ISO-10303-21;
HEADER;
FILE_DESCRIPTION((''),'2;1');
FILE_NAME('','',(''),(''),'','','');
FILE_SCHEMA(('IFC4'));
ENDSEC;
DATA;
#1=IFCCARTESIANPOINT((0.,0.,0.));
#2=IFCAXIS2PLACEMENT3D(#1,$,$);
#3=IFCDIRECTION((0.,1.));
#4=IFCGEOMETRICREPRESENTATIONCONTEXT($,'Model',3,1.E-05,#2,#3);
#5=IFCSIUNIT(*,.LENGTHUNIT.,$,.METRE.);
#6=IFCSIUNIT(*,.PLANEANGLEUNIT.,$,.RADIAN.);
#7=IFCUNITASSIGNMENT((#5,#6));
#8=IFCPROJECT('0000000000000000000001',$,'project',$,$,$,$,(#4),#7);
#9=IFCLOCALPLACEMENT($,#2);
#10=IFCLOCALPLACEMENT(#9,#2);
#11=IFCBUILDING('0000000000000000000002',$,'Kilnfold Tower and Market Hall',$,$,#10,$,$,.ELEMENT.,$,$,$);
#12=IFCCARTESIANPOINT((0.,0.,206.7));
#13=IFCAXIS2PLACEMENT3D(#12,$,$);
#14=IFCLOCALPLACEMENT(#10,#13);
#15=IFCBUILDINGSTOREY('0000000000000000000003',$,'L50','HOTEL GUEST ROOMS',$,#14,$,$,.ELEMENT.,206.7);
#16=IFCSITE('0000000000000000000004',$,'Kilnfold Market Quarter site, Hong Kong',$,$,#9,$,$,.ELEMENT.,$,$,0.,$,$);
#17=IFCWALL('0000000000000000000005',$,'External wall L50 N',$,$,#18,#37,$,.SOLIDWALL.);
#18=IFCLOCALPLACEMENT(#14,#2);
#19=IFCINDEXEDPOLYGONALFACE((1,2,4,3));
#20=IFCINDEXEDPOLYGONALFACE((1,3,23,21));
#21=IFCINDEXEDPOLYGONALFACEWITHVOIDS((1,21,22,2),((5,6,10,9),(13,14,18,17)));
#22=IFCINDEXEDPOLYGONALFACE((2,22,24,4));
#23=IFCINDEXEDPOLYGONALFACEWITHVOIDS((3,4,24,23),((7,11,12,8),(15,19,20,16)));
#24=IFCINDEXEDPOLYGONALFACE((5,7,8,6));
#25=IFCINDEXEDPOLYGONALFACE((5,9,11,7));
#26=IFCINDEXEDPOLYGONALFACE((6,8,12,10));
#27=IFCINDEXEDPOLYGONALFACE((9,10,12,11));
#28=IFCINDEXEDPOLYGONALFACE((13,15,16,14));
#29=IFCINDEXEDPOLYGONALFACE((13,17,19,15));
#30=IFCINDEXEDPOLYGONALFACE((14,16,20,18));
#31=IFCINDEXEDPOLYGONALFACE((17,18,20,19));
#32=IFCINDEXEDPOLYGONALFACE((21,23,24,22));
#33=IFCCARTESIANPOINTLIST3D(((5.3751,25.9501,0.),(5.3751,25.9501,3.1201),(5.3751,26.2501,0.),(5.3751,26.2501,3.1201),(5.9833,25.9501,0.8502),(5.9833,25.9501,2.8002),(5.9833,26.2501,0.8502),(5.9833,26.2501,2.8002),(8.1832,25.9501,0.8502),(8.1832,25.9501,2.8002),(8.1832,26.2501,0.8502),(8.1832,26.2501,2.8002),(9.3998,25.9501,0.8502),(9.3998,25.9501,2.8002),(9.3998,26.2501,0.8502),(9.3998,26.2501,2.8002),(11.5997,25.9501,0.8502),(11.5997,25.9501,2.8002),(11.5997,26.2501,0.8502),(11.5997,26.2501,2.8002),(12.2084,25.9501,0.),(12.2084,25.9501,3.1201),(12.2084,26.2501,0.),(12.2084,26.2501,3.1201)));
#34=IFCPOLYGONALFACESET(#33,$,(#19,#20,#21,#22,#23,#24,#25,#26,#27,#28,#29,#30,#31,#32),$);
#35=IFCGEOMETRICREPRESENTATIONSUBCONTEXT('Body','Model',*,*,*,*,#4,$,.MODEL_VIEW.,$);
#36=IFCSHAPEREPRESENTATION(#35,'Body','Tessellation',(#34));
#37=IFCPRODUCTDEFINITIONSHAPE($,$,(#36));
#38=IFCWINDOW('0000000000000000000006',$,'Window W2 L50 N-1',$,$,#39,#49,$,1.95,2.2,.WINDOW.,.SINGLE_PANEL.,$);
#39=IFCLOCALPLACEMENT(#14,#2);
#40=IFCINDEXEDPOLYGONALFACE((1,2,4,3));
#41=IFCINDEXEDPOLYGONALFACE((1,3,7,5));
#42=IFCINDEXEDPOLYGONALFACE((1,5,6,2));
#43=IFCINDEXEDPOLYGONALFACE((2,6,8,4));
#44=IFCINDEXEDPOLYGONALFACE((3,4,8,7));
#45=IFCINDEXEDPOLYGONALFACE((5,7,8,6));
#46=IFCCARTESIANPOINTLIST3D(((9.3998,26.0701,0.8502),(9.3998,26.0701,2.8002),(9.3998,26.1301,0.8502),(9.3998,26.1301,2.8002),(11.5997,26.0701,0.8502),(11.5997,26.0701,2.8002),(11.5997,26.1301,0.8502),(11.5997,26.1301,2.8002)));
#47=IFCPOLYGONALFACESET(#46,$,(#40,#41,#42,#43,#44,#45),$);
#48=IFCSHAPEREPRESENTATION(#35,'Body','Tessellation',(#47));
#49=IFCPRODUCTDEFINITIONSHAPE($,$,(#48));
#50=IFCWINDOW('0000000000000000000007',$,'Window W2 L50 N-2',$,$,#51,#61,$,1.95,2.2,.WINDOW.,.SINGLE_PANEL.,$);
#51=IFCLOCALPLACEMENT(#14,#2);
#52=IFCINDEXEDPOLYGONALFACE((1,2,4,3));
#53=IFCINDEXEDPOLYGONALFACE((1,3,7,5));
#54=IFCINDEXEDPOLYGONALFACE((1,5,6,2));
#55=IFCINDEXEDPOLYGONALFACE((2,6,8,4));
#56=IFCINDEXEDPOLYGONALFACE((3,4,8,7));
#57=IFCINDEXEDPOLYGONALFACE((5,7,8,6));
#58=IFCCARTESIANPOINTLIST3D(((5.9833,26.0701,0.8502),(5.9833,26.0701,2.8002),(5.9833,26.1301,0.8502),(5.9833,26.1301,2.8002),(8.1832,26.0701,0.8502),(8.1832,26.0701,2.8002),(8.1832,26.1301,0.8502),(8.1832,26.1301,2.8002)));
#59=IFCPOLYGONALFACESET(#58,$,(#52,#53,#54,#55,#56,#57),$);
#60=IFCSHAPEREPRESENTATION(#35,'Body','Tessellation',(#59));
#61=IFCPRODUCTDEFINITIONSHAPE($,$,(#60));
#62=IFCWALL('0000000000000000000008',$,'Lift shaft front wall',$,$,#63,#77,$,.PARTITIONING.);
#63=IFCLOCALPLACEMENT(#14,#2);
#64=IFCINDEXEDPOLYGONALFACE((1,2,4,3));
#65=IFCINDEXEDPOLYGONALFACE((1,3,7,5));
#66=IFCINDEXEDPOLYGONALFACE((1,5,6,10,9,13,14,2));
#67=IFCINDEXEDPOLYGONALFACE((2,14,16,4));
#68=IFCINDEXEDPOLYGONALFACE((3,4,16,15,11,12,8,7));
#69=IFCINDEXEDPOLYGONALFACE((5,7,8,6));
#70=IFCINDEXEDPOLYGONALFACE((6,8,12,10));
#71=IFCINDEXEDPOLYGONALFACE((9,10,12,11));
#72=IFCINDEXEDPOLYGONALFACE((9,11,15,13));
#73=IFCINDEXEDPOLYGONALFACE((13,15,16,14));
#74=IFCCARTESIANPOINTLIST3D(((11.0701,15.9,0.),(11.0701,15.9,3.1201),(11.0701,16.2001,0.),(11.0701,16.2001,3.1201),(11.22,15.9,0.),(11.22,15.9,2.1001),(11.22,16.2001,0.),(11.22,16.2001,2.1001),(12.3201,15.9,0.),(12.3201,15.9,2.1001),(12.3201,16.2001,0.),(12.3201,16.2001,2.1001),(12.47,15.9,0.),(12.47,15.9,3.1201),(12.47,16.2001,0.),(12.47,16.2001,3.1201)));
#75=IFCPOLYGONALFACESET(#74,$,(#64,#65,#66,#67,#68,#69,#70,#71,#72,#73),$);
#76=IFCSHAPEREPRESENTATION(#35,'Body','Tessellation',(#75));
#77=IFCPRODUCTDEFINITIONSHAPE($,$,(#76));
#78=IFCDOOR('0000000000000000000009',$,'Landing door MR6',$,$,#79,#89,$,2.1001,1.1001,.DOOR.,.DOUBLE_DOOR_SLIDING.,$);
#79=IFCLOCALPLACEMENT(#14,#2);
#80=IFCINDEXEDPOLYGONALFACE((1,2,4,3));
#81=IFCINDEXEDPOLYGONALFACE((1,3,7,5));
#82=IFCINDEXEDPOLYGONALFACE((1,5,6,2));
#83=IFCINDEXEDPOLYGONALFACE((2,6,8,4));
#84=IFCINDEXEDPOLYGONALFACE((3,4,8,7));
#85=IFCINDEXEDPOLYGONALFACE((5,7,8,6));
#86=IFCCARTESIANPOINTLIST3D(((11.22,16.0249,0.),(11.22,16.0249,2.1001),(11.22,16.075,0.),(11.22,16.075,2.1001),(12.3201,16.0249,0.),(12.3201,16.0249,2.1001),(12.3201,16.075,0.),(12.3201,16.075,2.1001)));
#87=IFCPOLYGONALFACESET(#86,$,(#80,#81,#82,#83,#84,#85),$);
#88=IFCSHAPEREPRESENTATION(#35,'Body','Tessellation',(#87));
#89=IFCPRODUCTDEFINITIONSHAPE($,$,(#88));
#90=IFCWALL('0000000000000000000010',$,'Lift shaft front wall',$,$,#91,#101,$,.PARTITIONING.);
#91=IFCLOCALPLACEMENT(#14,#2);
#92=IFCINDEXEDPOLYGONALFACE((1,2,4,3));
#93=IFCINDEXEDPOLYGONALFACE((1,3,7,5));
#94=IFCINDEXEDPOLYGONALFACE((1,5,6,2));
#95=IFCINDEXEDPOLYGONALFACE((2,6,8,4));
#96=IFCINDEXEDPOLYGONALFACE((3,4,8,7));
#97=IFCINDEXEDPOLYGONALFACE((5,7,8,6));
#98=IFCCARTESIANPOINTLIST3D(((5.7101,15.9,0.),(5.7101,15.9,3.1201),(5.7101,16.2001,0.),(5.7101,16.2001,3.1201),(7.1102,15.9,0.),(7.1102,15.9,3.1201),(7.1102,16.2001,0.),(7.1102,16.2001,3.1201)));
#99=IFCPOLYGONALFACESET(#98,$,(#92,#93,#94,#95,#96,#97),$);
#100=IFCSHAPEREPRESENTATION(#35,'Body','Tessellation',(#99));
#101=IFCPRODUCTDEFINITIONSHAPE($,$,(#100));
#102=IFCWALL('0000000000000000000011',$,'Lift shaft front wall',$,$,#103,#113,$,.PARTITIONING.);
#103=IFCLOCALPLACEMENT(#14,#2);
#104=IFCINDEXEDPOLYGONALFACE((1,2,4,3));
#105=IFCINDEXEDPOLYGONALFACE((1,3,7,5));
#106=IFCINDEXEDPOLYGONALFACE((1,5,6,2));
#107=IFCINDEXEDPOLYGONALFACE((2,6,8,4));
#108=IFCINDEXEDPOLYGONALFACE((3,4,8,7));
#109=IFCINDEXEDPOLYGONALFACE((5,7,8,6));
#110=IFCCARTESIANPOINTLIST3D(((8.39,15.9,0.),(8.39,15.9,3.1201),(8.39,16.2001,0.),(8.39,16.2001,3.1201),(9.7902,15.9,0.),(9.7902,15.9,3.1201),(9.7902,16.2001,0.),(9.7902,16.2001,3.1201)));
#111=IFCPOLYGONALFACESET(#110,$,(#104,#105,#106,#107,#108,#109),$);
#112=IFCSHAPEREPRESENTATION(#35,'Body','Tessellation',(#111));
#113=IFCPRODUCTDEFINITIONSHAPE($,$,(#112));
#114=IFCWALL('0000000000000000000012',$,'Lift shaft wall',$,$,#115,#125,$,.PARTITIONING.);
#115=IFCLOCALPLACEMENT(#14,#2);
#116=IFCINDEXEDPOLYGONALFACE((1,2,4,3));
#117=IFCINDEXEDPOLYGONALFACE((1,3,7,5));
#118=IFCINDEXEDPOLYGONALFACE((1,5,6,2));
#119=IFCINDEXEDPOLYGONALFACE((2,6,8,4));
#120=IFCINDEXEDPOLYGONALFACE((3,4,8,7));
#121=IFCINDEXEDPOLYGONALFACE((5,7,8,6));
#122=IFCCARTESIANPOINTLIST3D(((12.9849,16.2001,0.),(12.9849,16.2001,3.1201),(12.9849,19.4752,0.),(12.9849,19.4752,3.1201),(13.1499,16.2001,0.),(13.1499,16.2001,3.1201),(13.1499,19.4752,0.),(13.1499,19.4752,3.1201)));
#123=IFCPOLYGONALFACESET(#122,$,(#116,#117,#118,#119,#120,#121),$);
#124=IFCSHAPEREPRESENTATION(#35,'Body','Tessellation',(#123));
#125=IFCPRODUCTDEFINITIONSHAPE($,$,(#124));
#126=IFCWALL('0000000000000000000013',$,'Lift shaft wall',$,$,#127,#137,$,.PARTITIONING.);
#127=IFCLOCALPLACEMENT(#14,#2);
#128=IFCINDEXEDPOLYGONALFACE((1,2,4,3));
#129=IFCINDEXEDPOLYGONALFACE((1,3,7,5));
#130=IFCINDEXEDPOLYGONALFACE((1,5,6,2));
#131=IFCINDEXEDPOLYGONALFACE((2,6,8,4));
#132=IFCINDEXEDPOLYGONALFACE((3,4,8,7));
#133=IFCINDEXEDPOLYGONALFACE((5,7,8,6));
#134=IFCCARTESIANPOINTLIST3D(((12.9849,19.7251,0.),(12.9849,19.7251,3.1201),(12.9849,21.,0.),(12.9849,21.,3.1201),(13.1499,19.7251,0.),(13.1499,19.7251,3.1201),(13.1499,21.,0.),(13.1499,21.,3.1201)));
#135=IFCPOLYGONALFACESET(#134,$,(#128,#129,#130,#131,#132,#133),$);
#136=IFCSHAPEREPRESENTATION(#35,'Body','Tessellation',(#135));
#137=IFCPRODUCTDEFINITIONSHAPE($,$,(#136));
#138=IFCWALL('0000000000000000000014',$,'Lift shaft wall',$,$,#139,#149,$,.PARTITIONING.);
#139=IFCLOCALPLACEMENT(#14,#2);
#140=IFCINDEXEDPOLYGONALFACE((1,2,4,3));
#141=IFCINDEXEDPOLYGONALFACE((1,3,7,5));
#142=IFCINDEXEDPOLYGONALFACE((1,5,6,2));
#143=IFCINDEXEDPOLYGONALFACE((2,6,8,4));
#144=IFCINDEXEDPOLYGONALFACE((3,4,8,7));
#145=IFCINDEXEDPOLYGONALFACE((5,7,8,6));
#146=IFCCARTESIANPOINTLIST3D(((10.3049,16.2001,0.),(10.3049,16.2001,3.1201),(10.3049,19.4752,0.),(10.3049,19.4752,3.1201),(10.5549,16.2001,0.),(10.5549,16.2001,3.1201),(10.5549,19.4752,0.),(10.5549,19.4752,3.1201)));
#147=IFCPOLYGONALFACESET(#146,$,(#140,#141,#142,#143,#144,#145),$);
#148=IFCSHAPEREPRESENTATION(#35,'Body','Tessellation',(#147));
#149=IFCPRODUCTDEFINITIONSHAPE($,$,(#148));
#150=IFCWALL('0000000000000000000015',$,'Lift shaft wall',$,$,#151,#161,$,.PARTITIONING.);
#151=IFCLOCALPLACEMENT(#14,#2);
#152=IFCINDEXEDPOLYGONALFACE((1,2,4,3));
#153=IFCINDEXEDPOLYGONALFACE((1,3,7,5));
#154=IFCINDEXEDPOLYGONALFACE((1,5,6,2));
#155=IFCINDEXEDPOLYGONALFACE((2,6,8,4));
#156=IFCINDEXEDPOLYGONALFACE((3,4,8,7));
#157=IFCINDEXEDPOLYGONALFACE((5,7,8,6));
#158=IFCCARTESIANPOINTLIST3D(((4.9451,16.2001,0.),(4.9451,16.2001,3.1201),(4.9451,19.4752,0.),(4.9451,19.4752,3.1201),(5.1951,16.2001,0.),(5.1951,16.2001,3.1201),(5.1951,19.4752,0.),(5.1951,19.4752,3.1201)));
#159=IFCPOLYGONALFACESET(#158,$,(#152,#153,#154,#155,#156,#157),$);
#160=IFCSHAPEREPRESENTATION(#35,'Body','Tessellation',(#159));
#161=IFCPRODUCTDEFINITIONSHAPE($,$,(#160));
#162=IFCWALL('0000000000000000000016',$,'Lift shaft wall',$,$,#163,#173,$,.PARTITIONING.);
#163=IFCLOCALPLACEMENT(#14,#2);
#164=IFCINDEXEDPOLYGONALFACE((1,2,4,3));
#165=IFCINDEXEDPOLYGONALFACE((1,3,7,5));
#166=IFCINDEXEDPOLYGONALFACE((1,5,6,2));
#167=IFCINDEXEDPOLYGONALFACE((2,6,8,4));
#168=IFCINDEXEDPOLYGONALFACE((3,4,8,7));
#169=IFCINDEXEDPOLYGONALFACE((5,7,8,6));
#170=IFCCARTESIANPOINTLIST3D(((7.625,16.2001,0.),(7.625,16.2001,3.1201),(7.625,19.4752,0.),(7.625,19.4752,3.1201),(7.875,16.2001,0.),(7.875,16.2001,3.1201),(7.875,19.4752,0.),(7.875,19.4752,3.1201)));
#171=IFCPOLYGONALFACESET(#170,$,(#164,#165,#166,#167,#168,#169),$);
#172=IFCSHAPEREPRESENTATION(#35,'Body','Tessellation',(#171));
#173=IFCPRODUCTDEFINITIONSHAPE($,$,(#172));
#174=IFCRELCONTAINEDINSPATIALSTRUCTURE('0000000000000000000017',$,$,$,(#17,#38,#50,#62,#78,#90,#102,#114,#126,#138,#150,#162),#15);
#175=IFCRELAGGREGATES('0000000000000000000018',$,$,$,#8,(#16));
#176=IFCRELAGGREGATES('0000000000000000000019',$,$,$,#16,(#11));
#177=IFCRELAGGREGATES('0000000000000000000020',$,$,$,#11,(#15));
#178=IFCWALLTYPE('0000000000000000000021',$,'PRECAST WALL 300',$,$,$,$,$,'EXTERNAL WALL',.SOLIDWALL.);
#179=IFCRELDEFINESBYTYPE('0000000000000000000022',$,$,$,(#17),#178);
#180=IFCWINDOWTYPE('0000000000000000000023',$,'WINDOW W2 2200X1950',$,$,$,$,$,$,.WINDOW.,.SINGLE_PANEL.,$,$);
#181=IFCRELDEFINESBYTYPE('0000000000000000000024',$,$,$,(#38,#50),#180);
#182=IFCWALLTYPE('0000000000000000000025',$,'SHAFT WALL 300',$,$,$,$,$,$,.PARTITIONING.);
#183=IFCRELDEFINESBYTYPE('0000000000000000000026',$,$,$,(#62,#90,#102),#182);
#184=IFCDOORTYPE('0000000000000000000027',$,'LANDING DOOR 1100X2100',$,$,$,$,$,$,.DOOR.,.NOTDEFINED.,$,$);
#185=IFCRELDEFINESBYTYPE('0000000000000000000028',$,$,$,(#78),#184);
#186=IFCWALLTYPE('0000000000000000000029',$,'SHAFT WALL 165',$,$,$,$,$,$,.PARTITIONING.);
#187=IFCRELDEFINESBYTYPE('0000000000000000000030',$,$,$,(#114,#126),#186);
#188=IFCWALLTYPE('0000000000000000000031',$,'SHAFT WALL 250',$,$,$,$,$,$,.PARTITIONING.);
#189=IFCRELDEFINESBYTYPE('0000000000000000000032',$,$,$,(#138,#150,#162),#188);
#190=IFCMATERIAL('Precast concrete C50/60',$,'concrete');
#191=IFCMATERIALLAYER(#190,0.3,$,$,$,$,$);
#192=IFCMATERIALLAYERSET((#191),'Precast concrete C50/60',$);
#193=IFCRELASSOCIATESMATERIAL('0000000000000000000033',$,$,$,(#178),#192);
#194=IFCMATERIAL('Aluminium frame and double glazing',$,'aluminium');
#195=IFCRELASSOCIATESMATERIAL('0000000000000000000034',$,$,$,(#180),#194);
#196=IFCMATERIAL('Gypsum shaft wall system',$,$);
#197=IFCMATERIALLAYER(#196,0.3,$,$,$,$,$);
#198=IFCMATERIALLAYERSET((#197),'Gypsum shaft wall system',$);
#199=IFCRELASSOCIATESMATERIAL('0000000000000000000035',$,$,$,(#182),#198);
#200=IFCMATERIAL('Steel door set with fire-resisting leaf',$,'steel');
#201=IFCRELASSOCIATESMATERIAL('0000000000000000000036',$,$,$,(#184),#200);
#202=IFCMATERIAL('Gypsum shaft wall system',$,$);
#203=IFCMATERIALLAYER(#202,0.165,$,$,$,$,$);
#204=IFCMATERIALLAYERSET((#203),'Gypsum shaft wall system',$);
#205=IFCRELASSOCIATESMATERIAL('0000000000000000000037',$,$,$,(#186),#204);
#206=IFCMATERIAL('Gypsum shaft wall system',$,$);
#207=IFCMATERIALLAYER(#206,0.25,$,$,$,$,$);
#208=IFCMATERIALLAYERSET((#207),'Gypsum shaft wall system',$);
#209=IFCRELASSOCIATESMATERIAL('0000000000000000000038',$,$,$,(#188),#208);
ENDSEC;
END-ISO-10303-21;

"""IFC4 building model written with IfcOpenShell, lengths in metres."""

from ifc_helpers import new_model, si_unit, direction, frame, frame_2d, origin, place, context, subcontext, project, spatial, rectangle, extrude, source, transform, mapped, material, layer, layer_set, type_object, element, fill, save


model = new_model("IFC4")

# Units and contexts
model_context = context("Model", 3, precision=1e-05, world=origin(), true_north=direction((0.0, 1.0)))
body_context = subcontext(model_context, "Body", "Model", "MODEL_VIEW")
ifc_project = project(units=[si_unit("LENGTHUNIT", "METRE"), si_unit("PLANEANGLEUNIT", "RADIAN")], contexts=[model_context])

# Site, building, storey
site_placement = place(None, origin())
site = spatial("IfcSite", under=ifc_project, at=site_placement, Name="Kilnfold Market Quarter site, Hong Kong", CompositionType="ELEMENT", RefElevation=0.0)
building_placement = place(site_placement, origin())
building = spatial("IfcBuilding", under=site, at=building_placement, Name="Kilnfold Tower and Market Hall", CompositionType="ELEMENT")
storey_placement = place(building_placement, frame((0.0, 0.0, 206.7)))
storey = spatial("IfcBuildingStorey", under=building, at=storey_placement, Name="L50", Description="HOTEL GUEST ROOMS", CompositionType="ELEMENT", Elevation=206.7)

# Wall, openings, windows
ifc_material_1 = material(Name="Precast concrete C50/60", Category="concrete")
ifc_layer_1 = layer(ifc_material_1, 0.3)
ifc_layer_set_1 = layer_set([ifc_layer_1], Name="Precast concrete C50/60")
wall_type_1 = type_object("IfcWallType", Name="PRECAST WALL 300", ElementType="EXTERNAL WALL", PredefinedType="SOLIDWALL", material=ifc_layer_set_1)
shared_shape_1 = source(origin(), body_context, "Body", "SweptSolid", [
    extrude(rectangle(XDim=6.8333, YDim=0.3, at=frame_2d((3.4165, 0.0))), origin(), (0.0, 0.0, 1.0), 3.1201),
])
wall_1_placement = place(storey_placement, frame((12.2083, 26.1001, 0.0), z_axis=(0.0, 0.0, 1.0), x_axis=(-1.0, 0.0, 0.0)))
wall_1 = element("IfcWall", 1, at=wall_1_placement, inside=storey, type_object=wall_type_1, Name="External wall L50 N", PredefinedType="SOLIDWALL", context=body_context, shape_type="MappedRepresentation", body=[
    mapped(shared_shape_1, transform((0.0, 0.0, 0.0))),
])
opening_1_placement = place(wall_1_placement, frame((0.6084, 0.0, 0.8501)))
opening_1 = element("IfcOpeningElement", 2, at=opening_1_placement, cuts=wall_1, PredefinedType="OPENING", context=body_context, shape_type="SweptSolid", body=[
    extrude(rectangle(XDim=2.2, YDim=1.95, at=frame_2d((1.1001, 0.9751))), frame((0.0, 0.1602, 0.0), z_axis=(0.0, -1.0, 0.0), x_axis=(1.0, 0.0, 0.0)), (0.0, 0.0, 1.0), 0.3201),
])
opening_2_placement = place(wall_1_placement, frame((4.0249, 0.0, 0.8501)))
opening_2 = element("IfcOpeningElement", 3, at=opening_2_placement, cuts=wall_1, PredefinedType="OPENING", context=body_context, shape_type="SweptSolid", body=[
    extrude(rectangle(XDim=2.2, YDim=1.95, at=frame_2d((1.1001, 0.9751))), frame((0.0, 0.1602, 0.0), z_axis=(0.0, -1.0, 0.0), x_axis=(1.0, 0.0, 0.0)), (0.0, 0.0, 1.0), 0.3201),
])
ifc_material_2 = material(Name="Aluminium frame and double glazing", Category="aluminium")
window_type = type_object("IfcWindowType", Name="WINDOW W2 2200X1950", PartitioningType="SINGLE_PANEL", PredefinedType="WINDOW", material=ifc_material_2)
window_1_placement = place(opening_1_placement, origin())
window_1 = element("IfcWindow", 4, at=window_1_placement, inside=storey, type_object=window_type, Name="Window W2 L50 N-1", OverallHeight=1.95, OverallWidth=2.2, PartitioningType="SINGLE_PANEL", PredefinedType="WINDOW", context=body_context, shape_type="SweptSolid", body=[
    extrude(rectangle(XDim=2.2, YDim=1.95, at=frame_2d((1.1001, 0.9751))), frame((0.0, 0.03, 0.0), z_axis=(0.0, -1.0, 0.0), x_axis=(1.0, 0.0, 0.0)), (0.0, 0.0, 1.0), 0.0601),
])
fill(opening_1, window_1)
window_2_placement = place(opening_2_placement, origin())
window_2 = element("IfcWindow", 5, at=window_2_placement, inside=storey, type_object=window_type, Name="Window W2 L50 N-2", OverallHeight=1.95, OverallWidth=2.2, PartitioningType="SINGLE_PANEL", PredefinedType="WINDOW", context=body_context, shape_type="SweptSolid", body=[
    extrude(rectangle(XDim=2.2, YDim=1.95, at=frame_2d((1.1001, 0.9751))), frame((0.0, 0.03, 0.0), z_axis=(0.0, -1.0, 0.0), x_axis=(1.0, 0.0, 0.0)), (0.0, 0.0, 1.0), 0.0601),
])
fill(opening_2, window_2)

# Wall, opening, door
ifc_material_3 = material(Name="Gypsum shaft wall system")
ifc_layer_2 = layer(ifc_material_3, 0.3)
ifc_layer_set_2 = layer_set([ifc_layer_2], Name="Gypsum shaft wall system")
wall_type_2 = type_object("IfcWallType", Name="SHAFT WALL 300", PredefinedType="PARTITIONING", material=ifc_layer_set_2)
shared_shape_2 = source(origin(), body_context, "Body", "SweptSolid", [
    extrude(rectangle(XDim=1.3999, YDim=0.3, at=frame_2d((0.7, 0.0))), origin(), (0.0, 0.0, 1.0), 3.1201),
])
wall_2_placement = place(storey_placement, frame((11.0701, 16.05, 0.0), z_axis=(0.0, 0.0, 1.0), x_axis=(1.0, 0.0, 0.0)))
wall_2 = element("IfcWall", 6, at=wall_2_placement, inside=storey, type_object=wall_type_2, Name="Lift shaft front wall", PredefinedType="PARTITIONING", context=body_context, shape_type="MappedRepresentation", body=[
    mapped(shared_shape_2, transform((0.0, 0.0, 0.0))),
])
opening_3_placement = place(wall_2_placement, frame((0.1499, 0.0, 0.0)))
opening_3 = element("IfcOpeningElement", 7, at=opening_3_placement, cuts=wall_2, PredefinedType="OPENING", context=body_context, shape_type="SweptSolid", body=[
    extrude(rectangle(XDim=1.1001, YDim=2.1001, at=frame_2d((0.55, 1.05))), frame((0.0, 0.1602, 0.0), z_axis=(0.0, -1.0, 0.0), x_axis=(1.0, 0.0, 0.0)), (0.0, 0.0, 1.0), 0.3201),
])
ifc_material_4 = material(Name="Steel door set with fire-resisting leaf", Category="steel")
door_type = type_object("IfcDoorType", Name="LANDING DOOR 1100X2100", OperationType="NOTDEFINED", PredefinedType="DOOR", material=ifc_material_4)
door_placement = place(opening_3_placement, origin())
door = element("IfcDoor", 8, at=door_placement, inside=storey, type_object=door_type, Name="Landing door MR6", OperationType="DOUBLE_DOOR_SLIDING", OverallHeight=2.1001, OverallWidth=1.1001, PredefinedType="DOOR", context=body_context, shape_type="SweptSolid", body=[
    extrude(rectangle(XDim=1.1001, YDim=2.1001, at=frame_2d((0.55, 1.05))), frame((0.0, 0.0249, 0.0), z_axis=(0.0, -1.0, 0.0), x_axis=(1.0, 0.0, 0.0)), (0.0, 0.0, 1.0), 0.05),
])
fill(opening_3, door)

# Walls
shared_shape_3 = source(origin(), body_context, "Body", "SweptSolid", [
    extrude(rectangle(XDim=1.4001, YDim=0.3, at=frame_2d((0.7002, 0.0))), origin(), (0.0, 0.0, 1.0), 3.1201),
])
for number, where, z_axis, x_axis, name in (
    (9, (5.71, 16.05, 0.0), (0.0, 0.0, 1.0), (1.0, 0.0, 0.0), "Lift shaft front wall"),
    (10, (8.3899, 16.05, 0.0), (0.0, 0.0, 1.0), (1.0, 0.0, 0.0), "Lift shaft front wall"),
):
    element("IfcWall", number, at=place(storey_placement, frame(where, z_axis=z_axis, x_axis=x_axis)), inside=storey, type_object=wall_type_2, Name=name, PredefinedType="PARTITIONING", context=body_context, shape_type="MappedRepresentation", body=[
        mapped(shared_shape_3, transform((0.0, 0.0, 0.0))),
    ])
ifc_material_5 = material(Name="Gypsum shaft wall system")
ifc_layer_3 = layer(ifc_material_5, 0.165)
ifc_layer_set_3 = layer_set([ifc_layer_3], Name="Gypsum shaft wall system")
wall_type_3 = type_object("IfcWallType", Name="SHAFT WALL 165", PredefinedType="PARTITIONING", material=ifc_layer_set_3)
shared_shape_4 = source(origin(), body_context, "Body", "SweptSolid", [
    extrude(rectangle(XDim=3.2751, YDim=0.165, at=frame_2d((1.6377, 0.0))), origin(), (0.0, 0.0, 1.0), 3.1201),
])
wall_3_placement = place(storey_placement, frame((13.0674, 16.2, 0.0), z_axis=(0.0, 0.0, 1.0), x_axis=(0.0, 1.0, 0.0)))
element("IfcWall", 11, at=wall_3_placement, inside=storey, type_object=wall_type_3, Name="Lift shaft wall", PredefinedType="PARTITIONING", context=body_context, shape_type="MappedRepresentation", body=[
    mapped(shared_shape_4, transform((0.0, 0.0, 0.0))),
])
shared_shape_5 = source(origin(), body_context, "Body", "SweptSolid", [
    extrude(rectangle(XDim=1.2749, YDim=0.165, at=frame_2d((0.6375, 0.0))), origin(), (0.0, 0.0, 1.0), 3.1201),
])
wall_4_placement = place(storey_placement, frame((13.0674, 19.7251, 0.0), z_axis=(0.0, 0.0, 1.0), x_axis=(0.0, 1.0, 0.0)))
element("IfcWall", 12, at=wall_4_placement, inside=storey, type_object=wall_type_3, Name="Lift shaft wall", PredefinedType="PARTITIONING", context=body_context, shape_type="MappedRepresentation", body=[
    mapped(shared_shape_5, transform((0.0, 0.0, 0.0))),
])
ifc_material_6 = material(Name="Gypsum shaft wall system")
ifc_layer_4 = layer(ifc_material_6, 0.25)
ifc_layer_set_4 = layer_set([ifc_layer_4], Name="Gypsum shaft wall system")
wall_type_4 = type_object("IfcWallType", Name="SHAFT WALL 250", PredefinedType="PARTITIONING", material=ifc_layer_set_4)
shared_shape_6 = source(origin(), body_context, "Body", "SweptSolid", [
    extrude(rectangle(XDim=3.2751, YDim=0.25, at=frame_2d((1.6377, 0.0))), origin(), (0.0, 0.0, 1.0), 3.1201),
])
for number, where, z_axis, x_axis, name in (
    (13, (10.4299, 16.2, 0.0), (0.0, 0.0, 1.0), (0.0, 1.0, 0.0), "Lift shaft wall"),
    (14, (5.0701, 16.2, 0.0), (0.0, 0.0, 1.0), (0.0, 1.0, 0.0), "Lift shaft wall"),
    (15, (7.75, 16.2, 0.0), (0.0, 0.0, 1.0), (0.0, 1.0, 0.0), "Lift shaft wall"),
):
    element("IfcWall", number, at=place(storey_placement, frame(where, z_axis=z_axis, x_axis=x_axis)), inside=storey, type_object=wall_type_4, Name=name, PredefinedType="PARTITIONING", context=body_context, shape_type="MappedRepresentation", body=[
        mapped(shared_shape_6, transform((0.0, 0.0, 0.0))),
    ])

save(model, "model.ifc")
